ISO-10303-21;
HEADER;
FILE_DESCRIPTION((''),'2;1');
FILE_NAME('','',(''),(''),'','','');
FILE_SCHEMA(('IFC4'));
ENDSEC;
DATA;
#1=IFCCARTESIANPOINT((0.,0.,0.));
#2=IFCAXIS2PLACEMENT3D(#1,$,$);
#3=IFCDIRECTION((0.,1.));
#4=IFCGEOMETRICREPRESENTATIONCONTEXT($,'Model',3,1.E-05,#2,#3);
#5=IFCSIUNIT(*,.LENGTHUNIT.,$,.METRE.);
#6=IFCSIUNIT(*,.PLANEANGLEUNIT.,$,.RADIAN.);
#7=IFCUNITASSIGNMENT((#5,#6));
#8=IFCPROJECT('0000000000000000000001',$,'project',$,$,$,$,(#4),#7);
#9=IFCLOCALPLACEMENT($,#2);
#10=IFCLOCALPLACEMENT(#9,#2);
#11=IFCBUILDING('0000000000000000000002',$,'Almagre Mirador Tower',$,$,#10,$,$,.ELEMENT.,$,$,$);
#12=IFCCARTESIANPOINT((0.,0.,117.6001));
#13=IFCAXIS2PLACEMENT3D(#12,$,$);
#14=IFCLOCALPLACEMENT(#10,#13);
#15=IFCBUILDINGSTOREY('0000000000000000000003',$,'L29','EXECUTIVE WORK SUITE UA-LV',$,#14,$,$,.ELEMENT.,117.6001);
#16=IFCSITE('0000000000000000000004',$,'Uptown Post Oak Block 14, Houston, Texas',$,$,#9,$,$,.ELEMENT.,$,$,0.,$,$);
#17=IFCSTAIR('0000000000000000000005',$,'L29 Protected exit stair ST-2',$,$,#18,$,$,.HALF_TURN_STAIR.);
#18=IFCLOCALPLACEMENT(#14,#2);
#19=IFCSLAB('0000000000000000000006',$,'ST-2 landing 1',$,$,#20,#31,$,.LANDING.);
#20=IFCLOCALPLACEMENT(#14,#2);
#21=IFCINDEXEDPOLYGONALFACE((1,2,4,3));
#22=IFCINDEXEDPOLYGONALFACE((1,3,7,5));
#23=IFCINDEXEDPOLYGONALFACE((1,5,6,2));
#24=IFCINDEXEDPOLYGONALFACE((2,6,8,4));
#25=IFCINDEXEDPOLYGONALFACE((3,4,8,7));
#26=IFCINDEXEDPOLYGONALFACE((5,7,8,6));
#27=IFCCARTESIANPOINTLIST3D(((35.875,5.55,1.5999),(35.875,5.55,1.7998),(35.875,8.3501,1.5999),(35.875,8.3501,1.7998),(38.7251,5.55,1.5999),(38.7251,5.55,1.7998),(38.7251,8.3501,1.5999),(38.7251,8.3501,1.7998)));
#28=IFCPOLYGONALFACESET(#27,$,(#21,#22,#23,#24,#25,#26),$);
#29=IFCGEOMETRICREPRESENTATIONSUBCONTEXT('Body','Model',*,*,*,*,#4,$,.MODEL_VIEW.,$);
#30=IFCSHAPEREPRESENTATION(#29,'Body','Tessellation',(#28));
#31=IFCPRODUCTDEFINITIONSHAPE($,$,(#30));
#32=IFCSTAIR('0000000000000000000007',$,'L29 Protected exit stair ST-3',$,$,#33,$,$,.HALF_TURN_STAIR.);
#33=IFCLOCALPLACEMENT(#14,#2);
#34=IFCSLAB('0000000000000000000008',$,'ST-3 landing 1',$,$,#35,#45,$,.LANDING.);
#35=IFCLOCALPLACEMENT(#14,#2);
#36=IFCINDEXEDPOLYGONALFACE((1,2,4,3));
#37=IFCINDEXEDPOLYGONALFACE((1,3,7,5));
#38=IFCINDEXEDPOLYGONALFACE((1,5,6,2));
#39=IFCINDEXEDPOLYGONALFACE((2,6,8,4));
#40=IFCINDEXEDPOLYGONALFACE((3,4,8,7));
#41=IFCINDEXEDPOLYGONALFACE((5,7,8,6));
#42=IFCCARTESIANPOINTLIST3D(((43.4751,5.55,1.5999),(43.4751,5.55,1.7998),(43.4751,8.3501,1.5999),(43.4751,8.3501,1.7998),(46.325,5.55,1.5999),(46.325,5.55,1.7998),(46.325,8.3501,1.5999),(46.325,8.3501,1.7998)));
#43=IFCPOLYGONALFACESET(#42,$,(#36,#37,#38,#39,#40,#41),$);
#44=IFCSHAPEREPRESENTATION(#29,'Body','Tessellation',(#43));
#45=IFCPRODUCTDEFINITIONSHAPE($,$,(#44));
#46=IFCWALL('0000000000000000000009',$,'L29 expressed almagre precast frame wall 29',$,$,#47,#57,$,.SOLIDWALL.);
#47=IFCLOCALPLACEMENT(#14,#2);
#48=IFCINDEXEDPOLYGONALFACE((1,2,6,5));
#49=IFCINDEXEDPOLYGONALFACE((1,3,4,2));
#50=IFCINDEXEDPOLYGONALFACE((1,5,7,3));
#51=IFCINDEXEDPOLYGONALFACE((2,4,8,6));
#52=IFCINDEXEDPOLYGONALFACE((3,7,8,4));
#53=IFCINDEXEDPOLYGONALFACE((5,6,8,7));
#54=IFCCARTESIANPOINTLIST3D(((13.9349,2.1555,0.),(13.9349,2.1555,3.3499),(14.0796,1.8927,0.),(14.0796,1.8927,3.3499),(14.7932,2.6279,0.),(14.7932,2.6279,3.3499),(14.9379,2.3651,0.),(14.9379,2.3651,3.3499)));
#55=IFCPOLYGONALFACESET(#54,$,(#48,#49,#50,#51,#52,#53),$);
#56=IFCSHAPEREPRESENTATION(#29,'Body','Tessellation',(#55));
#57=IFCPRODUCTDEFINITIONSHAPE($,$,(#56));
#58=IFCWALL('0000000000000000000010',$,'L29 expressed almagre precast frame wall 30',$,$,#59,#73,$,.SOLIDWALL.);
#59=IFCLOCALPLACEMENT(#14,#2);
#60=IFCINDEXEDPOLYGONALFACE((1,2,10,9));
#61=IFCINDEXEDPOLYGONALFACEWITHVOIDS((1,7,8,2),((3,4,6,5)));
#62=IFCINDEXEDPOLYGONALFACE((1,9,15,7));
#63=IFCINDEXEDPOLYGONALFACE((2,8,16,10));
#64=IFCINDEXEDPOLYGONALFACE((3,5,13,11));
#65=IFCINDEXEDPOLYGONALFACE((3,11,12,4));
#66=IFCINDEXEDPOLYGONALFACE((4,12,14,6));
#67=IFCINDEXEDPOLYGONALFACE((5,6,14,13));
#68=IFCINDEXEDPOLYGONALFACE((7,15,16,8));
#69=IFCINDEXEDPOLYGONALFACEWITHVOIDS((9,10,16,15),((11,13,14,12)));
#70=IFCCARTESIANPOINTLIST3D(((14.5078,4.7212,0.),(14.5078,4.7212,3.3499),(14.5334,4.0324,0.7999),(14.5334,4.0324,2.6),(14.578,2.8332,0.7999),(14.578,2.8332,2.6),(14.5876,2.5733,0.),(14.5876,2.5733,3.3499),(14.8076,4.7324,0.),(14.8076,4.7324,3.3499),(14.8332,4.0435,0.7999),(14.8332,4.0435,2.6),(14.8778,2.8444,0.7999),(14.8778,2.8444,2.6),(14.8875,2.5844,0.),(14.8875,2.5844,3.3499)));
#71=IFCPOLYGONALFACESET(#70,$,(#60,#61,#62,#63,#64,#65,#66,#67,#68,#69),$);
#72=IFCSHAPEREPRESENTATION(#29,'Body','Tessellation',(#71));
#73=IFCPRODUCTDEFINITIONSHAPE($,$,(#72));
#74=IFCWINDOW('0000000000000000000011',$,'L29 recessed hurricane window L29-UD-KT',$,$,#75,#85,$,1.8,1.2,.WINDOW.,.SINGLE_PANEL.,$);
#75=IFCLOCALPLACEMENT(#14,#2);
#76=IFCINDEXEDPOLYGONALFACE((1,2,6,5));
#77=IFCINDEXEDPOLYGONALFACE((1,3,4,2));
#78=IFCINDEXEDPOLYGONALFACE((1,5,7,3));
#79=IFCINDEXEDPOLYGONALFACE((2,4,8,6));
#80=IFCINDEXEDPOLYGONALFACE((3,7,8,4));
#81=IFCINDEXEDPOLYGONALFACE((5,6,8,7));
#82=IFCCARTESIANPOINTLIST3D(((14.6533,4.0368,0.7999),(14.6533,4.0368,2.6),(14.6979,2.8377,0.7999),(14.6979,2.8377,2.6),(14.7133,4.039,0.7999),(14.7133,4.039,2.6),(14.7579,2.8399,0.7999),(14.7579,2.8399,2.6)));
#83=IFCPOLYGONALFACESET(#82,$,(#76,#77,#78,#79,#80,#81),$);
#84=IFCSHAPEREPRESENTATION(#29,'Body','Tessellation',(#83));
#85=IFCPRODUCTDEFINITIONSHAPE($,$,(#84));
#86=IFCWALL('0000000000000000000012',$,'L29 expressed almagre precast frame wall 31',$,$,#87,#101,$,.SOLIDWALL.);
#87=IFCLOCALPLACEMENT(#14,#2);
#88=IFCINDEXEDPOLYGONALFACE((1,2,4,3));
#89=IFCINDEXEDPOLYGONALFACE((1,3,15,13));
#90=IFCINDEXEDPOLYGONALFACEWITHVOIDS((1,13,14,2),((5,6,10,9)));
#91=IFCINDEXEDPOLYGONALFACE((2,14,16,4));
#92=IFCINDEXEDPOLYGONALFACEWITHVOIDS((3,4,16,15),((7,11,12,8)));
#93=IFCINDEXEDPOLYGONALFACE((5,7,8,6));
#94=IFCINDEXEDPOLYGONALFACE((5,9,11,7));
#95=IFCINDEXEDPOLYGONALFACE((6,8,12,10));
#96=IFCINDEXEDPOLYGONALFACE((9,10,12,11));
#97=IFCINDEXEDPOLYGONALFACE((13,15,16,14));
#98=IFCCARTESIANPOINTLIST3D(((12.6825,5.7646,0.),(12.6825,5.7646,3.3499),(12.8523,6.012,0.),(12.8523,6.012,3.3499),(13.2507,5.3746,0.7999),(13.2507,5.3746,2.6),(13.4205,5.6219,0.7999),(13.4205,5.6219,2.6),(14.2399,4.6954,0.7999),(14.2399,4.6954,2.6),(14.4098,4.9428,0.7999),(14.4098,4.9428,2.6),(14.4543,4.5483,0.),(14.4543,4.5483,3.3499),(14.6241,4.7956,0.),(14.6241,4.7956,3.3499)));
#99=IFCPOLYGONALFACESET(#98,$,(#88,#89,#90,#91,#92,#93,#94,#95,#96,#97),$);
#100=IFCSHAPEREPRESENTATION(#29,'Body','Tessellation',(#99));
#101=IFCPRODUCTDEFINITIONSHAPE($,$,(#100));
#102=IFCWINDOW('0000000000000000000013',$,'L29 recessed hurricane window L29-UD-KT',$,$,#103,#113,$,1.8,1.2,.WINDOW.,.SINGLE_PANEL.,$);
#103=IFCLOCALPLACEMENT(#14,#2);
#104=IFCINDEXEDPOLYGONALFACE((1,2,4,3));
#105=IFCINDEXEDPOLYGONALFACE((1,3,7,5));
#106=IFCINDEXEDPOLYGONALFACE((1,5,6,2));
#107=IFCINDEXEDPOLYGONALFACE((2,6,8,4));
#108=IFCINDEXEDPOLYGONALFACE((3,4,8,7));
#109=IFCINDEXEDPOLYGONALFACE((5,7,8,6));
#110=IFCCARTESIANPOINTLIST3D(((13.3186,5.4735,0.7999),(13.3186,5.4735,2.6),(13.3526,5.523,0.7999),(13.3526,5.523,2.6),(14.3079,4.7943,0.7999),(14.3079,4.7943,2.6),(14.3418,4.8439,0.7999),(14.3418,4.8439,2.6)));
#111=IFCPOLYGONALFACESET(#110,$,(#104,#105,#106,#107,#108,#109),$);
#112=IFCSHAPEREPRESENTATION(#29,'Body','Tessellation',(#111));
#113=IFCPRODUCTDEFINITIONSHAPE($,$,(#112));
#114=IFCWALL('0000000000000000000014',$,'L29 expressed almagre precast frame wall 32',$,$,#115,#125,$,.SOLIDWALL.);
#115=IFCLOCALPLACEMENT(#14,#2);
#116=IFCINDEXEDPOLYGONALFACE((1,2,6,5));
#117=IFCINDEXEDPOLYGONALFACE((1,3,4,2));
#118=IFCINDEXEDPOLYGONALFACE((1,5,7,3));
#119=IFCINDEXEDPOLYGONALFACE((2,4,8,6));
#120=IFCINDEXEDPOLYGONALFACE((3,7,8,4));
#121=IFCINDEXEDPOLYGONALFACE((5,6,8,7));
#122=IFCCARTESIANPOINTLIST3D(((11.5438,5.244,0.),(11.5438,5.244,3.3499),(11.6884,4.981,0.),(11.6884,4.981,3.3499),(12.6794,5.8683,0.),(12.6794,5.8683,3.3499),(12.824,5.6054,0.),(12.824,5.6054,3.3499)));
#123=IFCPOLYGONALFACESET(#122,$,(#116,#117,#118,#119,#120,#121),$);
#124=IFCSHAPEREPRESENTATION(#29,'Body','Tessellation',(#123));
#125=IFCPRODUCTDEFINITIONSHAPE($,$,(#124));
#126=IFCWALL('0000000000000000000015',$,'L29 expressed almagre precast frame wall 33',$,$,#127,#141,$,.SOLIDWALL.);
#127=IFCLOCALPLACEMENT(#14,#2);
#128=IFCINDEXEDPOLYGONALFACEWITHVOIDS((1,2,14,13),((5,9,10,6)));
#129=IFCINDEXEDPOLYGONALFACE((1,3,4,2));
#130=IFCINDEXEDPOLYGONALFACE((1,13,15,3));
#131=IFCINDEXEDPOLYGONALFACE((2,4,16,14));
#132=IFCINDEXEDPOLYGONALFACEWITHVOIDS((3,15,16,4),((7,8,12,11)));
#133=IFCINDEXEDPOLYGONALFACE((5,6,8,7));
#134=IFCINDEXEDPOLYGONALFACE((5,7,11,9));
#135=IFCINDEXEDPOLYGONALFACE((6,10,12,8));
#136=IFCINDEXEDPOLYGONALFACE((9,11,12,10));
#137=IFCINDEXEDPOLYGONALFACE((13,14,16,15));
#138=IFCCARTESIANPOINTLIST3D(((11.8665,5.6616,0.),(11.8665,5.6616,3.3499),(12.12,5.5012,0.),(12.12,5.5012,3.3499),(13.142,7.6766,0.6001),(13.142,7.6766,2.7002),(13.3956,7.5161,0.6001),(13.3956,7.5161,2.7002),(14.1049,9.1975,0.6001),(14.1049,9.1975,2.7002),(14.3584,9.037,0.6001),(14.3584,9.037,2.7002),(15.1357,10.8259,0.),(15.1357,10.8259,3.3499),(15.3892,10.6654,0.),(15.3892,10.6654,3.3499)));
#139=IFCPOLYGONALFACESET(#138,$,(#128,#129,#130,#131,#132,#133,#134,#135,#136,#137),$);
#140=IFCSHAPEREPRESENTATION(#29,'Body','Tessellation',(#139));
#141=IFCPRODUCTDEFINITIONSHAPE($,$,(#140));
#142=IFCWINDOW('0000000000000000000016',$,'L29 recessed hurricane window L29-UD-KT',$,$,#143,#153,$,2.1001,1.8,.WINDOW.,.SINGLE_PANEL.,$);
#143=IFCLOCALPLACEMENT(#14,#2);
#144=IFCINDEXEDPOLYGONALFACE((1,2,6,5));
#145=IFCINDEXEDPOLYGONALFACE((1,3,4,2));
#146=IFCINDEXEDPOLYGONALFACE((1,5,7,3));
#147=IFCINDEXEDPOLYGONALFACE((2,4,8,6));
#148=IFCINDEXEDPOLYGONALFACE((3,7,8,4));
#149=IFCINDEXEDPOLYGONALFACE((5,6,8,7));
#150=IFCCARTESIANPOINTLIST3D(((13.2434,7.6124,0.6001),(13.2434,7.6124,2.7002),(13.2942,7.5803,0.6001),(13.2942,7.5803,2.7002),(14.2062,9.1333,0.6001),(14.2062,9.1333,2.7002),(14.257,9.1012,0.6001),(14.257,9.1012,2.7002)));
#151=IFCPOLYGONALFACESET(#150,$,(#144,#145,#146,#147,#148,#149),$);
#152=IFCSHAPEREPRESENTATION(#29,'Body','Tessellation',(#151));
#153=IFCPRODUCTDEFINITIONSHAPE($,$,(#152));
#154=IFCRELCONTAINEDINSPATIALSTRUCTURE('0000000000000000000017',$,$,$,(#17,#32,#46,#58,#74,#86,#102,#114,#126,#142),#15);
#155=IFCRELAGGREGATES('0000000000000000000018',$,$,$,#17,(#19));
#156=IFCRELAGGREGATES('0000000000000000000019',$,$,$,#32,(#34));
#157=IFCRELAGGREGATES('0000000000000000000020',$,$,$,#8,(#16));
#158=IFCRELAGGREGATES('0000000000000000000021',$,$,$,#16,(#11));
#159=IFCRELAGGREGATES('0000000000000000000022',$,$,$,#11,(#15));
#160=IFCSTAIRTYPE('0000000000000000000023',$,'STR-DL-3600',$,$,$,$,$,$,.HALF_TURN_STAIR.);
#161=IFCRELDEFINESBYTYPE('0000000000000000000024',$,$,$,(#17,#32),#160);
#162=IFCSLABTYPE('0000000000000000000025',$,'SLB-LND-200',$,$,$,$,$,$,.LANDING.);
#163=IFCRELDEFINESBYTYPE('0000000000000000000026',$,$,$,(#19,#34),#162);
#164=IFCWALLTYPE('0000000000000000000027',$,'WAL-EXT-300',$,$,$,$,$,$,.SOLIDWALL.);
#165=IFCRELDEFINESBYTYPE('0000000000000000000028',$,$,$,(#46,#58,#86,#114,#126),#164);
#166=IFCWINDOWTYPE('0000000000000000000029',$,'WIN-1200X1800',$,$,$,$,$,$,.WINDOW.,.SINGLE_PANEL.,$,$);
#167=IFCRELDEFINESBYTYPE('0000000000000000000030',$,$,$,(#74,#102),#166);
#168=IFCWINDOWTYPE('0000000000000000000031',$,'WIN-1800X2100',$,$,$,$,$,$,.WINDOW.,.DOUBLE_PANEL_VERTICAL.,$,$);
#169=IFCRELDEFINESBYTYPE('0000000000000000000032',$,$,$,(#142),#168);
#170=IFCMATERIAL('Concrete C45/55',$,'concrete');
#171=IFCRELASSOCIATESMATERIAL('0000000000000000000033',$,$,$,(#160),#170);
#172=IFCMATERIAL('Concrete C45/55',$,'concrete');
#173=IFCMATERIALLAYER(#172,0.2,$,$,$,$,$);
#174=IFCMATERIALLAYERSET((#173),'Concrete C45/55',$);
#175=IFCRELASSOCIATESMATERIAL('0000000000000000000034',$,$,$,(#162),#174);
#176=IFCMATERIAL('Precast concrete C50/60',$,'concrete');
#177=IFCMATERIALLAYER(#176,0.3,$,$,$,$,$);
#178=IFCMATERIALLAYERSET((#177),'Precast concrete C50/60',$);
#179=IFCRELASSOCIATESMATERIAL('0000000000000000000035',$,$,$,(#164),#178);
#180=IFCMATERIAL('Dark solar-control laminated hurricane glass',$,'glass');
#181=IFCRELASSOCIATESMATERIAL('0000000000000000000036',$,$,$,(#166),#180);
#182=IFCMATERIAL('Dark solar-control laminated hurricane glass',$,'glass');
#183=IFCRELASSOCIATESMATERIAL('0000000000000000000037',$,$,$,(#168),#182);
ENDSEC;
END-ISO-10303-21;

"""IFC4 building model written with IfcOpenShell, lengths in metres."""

from ifc_helpers import new_model, si_unit, direction, frame, frame_2d, origin, place, context, subcontext, project, spatial, polyline, rectangle, outline, extrude, material, layer, layer_set, type_object, element, fill, aggregate, save


model = new_model("IFC4")

# Units and contexts
model_context = context("Model", 3, precision=1e-05, world=origin(), true_north=direction((0.0, 1.0)))
body_context = subcontext(model_context, "Body", "Model", "MODEL_VIEW")
ifc_project = project(units=[si_unit("LENGTHUNIT", "METRE"), si_unit("PLANEANGLEUNIT", "RADIAN")], contexts=[model_context])

# Site, building, storey
site_placement = place(None, origin())
site = spatial("IfcSite", under=ifc_project, at=site_placement, Name="Uptown Post Oak Block 14, Houston, Texas", CompositionType="ELEMENT", RefElevation=0.0)
building_placement = place(site_placement, origin())
building = spatial("IfcBuilding", under=site, at=building_placement, Name="Almagre Mirador Tower", CompositionType="ELEMENT")
storey_placement = place(building_placement, frame((0.0, 0.0, 117.6001)))
storey = spatial("IfcBuildingStorey", under=building, at=storey_placement, Name="L29", Description="EXECUTIVE WORK SUITE UA-LV", CompositionType="ELEMENT", Elevation=117.6001)

# Stairs, slabs
ifc_material_1 = material(Name="Concrete C45/55", Category="concrete")
stair_type = type_object("IfcStairType", Name="STR-DL-3600", PredefinedType="HALF_TURN_STAIR", material=ifc_material_1)
ifc_material_2 = material(Name="Concrete C45/55", Category="concrete")
ifc_layer_1 = layer(ifc_material_2, 0.2)
ifc_layer_set_1 = layer_set([ifc_layer_1], Name="Concrete C45/55")
slab_type_1 = type_object("IfcSlabType", Name="SLB-LND-200", PredefinedType="LANDING", material=ifc_layer_set_1)
stair_1_placement = place(storey_placement, origin())
stair_1 = element("IfcStair", 1, at=stair_1_placement, inside=storey, type_object=stair_type, Name="L29 Protected exit stair ST-2", PredefinedType="HALF_TURN_STAIR")
slab_1_placement = place(storey_placement, frame((0.0, 0.0, 1.5999)))
slab_1 = element("IfcSlab", 2, at=slab_1_placement, type_object=slab_type_1, Name="ST-2 landing 1", PredefinedType="LANDING", context=body_context, shape_type="SweptSolid", body=[
    extrude(outline(polyline([(35.875, 8.3501), (35.875, 5.55), (38.7251, 5.55), (38.7251, 8.3501), (35.875, 8.3501)])), origin(), (0.0, 0.0, 1.0), 0.2),
])
aggregate(stair_1, [slab_1])
stair_2_placement = place(storey_placement, origin())
stair_2 = element("IfcStair", 3, at=stair_2_placement, inside=storey, type_object=stair_type, Name="L29 Protected exit stair ST-3", PredefinedType="HALF_TURN_STAIR")
slab_2_placement = place(storey_placement, frame((0.0, 0.0, 1.5999)))
slab_2 = element("IfcSlab", 4, at=slab_2_placement, type_object=slab_type_1, Name="ST-3 landing 1", PredefinedType="LANDING", context=body_context, shape_type="SweptSolid", body=[
    extrude(outline(polyline([(43.4751, 8.3501), (43.4751, 5.55), (46.325, 5.55), (46.325, 8.3501), (43.4751, 8.3501)])), origin(), (0.0, 0.0, 1.0), 0.2),
])
aggregate(stair_2, [slab_2])

# Wall
ifc_material_3 = material(Name="Precast concrete C50/60", Category="concrete")
ifc_layer_2 = layer(ifc_material_3, 0.3)
ifc_layer_set_2 = layer_set([ifc_layer_2], Name="Precast concrete C50/60")
wall_type_1 = type_object("IfcWallType", Name="WAL-EXT-300", PredefinedType="SOLIDWALL", material=ifc_layer_set_2)
wall_1_placement = place(storey_placement, frame((14.0073, 2.0242, 0.0), z_axis=(0.0, 0.0, 1.0), x_axis=(0.87609, 0.482148, 0.0)))
element("IfcWall", 5, at=wall_1_placement, inside=storey, type_object=wall_type_1, Name="L29 expressed almagre precast frame wall 29", PredefinedType="SOLIDWALL", context=body_context, shape_type="SweptSolid", body=[
    extrude(rectangle(XDim=0.9797, YDim=0.3, at=frame_2d((0.4897, 0.0))), origin(), (0.0, 0.0, 1.0), 3.3499),
])

# Walls, openings, windows
wall_2_placement = place(storey_placement, frame((14.7375, 2.5789, 0.0), z_axis=(0.0, 0.0, 1.0), x_axis=(-0.037142, 0.99931, 0.0)))
wall_2 = element("IfcWall", 6, at=wall_2_placement, inside=storey, type_object=wall_type_1, Name="L29 expressed almagre precast frame wall 30", PredefinedType="SOLIDWALL", context=body_context, shape_type="SweptSolid", body=[
    extrude(rectangle(XDim=2.1494, YDim=0.3, at=frame_2d((1.0747, 0.0))), origin(), (0.0, 0.0, 1.0), 3.3499),
])
opening_1_placement = place(wall_2_placement, frame((0.26, 0.0, 0.8)))
opening_1 = element("IfcOpeningElement", 7, at=opening_1_placement, cuts=wall_2, PredefinedType="OPENING", context=body_context, shape_type="SweptSolid", body=[
    extrude(rectangle(XDim=1.2, YDim=1.8, at=frame_2d((0.6001, 0.8999))), frame((0.0, 0.1599, 0.0), z_axis=(0.0, -1.0, 0.0), x_axis=(1.0, 0.0, 0.0)), (0.0, 0.0, 1.0), 0.32),
])
ifc_material_4 = material(Name="Dark solar-control laminated hurricane glass", Category="glass")
window_type_1 = type_object("IfcWindowType", Name="WIN-1200X1800", PartitioningType="SINGLE_PANEL", PredefinedType="WINDOW", material=ifc_material_4)
window_1_placement = place(opening_1_placement, origin())
window_1 = element("IfcWindow", 8, at=window_1_placement, inside=storey, type_object=window_type_1, Name="L29 recessed hurricane window L29-UD-KT", OverallHeight=1.8, OverallWidth=1.2, PartitioningType="SINGLE_PANEL", PredefinedType="WINDOW", context=body_context, shape_type="SweptSolid", body=[
    extrude(rectangle(XDim=1.2, YDim=1.8, at=frame_2d((0.6001, 0.8999))), frame((0.0, 0.03, 0.0), z_axis=(0.0, -1.0, 0.0), x_axis=(1.0, 0.0, 0.0)), (0.0, 0.0, 1.0), 0.0601),
])
fill(opening_1, window_1)
wall_3_placement = place(storey_placement, frame((14.5393, 4.6719, 0.0), z_axis=(0.0, 0.0, 1.0), x_axis=(-0.824423, 0.565974, 0.0)))
wall_3 = element("IfcWall", 9, at=wall_3_placement, inside=storey, type_object=wall_type_1, Name="L29 expressed almagre precast frame wall 31", PredefinedType="SOLIDWALL", context=body_context, shape_type="SweptSolid", body=[
    extrude(rectangle(XDim=2.1492, YDim=0.3, at=frame_2d((1.0747, 0.0))), origin(), (0.0, 0.0, 1.0), 3.3499),
])
opening_2_placement = place(wall_3_placement, frame((0.26, 0.0, 0.8)))
opening_2 = element("IfcOpeningElement", 10, at=opening_2_placement, cuts=wall_3, PredefinedType="OPENING", context=body_context, shape_type="SweptSolid", body=[
    extrude(rectangle(XDim=1.2, YDim=1.8, at=frame_2d((0.6001, 0.8999))), frame((0.0, 0.1599, 0.0), z_axis=(0.0, -1.0, 0.0), x_axis=(1.0, 0.0, 0.0)), (0.0, 0.0, 1.0), 0.32),
])
window_2_placement = place(opening_2_placement, origin())
window_2 = element("IfcWindow", 11, at=window_2_placement, inside=storey, type_object=window_type_1, Name="L29 recessed hurricane window L29-UD-KT", OverallHeight=1.8, OverallWidth=1.2, PartitioningType="SINGLE_PANEL", PredefinedType="WINDOW", context=body_context, shape_type="SweptSolid", body=[
    extrude(rectangle(XDim=1.2, YDim=1.8, at=frame_2d((0.6001, 0.8999))), frame((0.0, 0.03, 0.0), z_axis=(0.0, -1.0, 0.0), x_axis=(1.0, 0.0, 0.0)), (0.0, 0.0, 1.0), 0.0601),
])
fill(opening_2, window_2)

# Wall
wall_4_placement = place(storey_placement, frame((12.7517, 5.7368, 0.0), z_axis=(0.0, 0.0, 1.0), x_axis=(-0.876299, -0.481767, 0.0)))
element("IfcWall", 12, at=wall_4_placement, inside=storey, type_object=wall_type_1, Name="L29 expressed almagre precast frame wall 32", PredefinedType="SOLIDWALL", context=body_context, shape_type="SweptSolid", body=[
    extrude(rectangle(XDim=1.2959, YDim=0.3, at=frame_2d((0.6479, 0.0))), origin(), (0.0, 0.0, 1.0), 3.3499),
])

# Wall, opening, window
wall_5_placement = place(storey_placement, frame((11.9932, 5.5813, 0.0), z_axis=(0.0, 0.0, 1.0), x_axis=(0.534884, 0.844926, 0.0)))
wall_5 = element("IfcWall", 13, at=wall_5_placement, inside=storey, type_object=wall_type_1, Name="L29 expressed almagre precast frame wall 33", PredefinedType="SOLIDWALL", context=body_context, shape_type="SweptSolid", body=[
    extrude(rectangle(XDim=6.1121, YDim=0.3, at=frame_2d((3.0562, 0.0))), origin(), (0.0, 0.0, 1.0), 3.3499),
])
opening_3_placement = place(wall_5_placement, frame((2.385, 0.0, 0.6001)))
opening_3 = element("IfcOpeningElement", 14, at=opening_3_placement, cuts=wall_5, PredefinedType="OPENING", context=body_context, shape_type="SweptSolid", body=[
    extrude(rectangle(XDim=1.8, YDim=2.1001, at=frame_2d((0.8999, 1.05))), frame((0.0, 0.1599, 0.0), z_axis=(0.0, -1.0, 0.0), x_axis=(1.0, 0.0, 0.0)), (0.0, 0.0, 1.0), 0.32),
])
ifc_material_5 = material(Name="Dark solar-control laminated hurricane glass", Category="glass")
window_type_2 = type_object("IfcWindowType", Name="WIN-1800X2100", PartitioningType="DOUBLE_PANEL_VERTICAL", PredefinedType="WINDOW", material=ifc_material_5)
window_3_placement = place(opening_3_placement, origin())
window_3 = element("IfcWindow", 15, at=window_3_placement, inside=storey, type_object=window_type_2, Name="L29 recessed hurricane window L29-UD-KT", OverallHeight=2.1001, OverallWidth=1.8, PartitioningType="SINGLE_PANEL", PredefinedType="WINDOW", context=body_context, shape_type="SweptSolid", body=[
    extrude(rectangle(XDim=1.8, YDim=2.1001, at=frame_2d((0.8999, 1.05))), frame((0.0, 0.03, 0.0), z_axis=(0.0, -1.0, 0.0), x_axis=(1.0, 0.0, 0.0)), (0.0, 0.0, 1.0), 0.0601),
])
fill(opening_3, window_3)

save(model, "model.ifc")
